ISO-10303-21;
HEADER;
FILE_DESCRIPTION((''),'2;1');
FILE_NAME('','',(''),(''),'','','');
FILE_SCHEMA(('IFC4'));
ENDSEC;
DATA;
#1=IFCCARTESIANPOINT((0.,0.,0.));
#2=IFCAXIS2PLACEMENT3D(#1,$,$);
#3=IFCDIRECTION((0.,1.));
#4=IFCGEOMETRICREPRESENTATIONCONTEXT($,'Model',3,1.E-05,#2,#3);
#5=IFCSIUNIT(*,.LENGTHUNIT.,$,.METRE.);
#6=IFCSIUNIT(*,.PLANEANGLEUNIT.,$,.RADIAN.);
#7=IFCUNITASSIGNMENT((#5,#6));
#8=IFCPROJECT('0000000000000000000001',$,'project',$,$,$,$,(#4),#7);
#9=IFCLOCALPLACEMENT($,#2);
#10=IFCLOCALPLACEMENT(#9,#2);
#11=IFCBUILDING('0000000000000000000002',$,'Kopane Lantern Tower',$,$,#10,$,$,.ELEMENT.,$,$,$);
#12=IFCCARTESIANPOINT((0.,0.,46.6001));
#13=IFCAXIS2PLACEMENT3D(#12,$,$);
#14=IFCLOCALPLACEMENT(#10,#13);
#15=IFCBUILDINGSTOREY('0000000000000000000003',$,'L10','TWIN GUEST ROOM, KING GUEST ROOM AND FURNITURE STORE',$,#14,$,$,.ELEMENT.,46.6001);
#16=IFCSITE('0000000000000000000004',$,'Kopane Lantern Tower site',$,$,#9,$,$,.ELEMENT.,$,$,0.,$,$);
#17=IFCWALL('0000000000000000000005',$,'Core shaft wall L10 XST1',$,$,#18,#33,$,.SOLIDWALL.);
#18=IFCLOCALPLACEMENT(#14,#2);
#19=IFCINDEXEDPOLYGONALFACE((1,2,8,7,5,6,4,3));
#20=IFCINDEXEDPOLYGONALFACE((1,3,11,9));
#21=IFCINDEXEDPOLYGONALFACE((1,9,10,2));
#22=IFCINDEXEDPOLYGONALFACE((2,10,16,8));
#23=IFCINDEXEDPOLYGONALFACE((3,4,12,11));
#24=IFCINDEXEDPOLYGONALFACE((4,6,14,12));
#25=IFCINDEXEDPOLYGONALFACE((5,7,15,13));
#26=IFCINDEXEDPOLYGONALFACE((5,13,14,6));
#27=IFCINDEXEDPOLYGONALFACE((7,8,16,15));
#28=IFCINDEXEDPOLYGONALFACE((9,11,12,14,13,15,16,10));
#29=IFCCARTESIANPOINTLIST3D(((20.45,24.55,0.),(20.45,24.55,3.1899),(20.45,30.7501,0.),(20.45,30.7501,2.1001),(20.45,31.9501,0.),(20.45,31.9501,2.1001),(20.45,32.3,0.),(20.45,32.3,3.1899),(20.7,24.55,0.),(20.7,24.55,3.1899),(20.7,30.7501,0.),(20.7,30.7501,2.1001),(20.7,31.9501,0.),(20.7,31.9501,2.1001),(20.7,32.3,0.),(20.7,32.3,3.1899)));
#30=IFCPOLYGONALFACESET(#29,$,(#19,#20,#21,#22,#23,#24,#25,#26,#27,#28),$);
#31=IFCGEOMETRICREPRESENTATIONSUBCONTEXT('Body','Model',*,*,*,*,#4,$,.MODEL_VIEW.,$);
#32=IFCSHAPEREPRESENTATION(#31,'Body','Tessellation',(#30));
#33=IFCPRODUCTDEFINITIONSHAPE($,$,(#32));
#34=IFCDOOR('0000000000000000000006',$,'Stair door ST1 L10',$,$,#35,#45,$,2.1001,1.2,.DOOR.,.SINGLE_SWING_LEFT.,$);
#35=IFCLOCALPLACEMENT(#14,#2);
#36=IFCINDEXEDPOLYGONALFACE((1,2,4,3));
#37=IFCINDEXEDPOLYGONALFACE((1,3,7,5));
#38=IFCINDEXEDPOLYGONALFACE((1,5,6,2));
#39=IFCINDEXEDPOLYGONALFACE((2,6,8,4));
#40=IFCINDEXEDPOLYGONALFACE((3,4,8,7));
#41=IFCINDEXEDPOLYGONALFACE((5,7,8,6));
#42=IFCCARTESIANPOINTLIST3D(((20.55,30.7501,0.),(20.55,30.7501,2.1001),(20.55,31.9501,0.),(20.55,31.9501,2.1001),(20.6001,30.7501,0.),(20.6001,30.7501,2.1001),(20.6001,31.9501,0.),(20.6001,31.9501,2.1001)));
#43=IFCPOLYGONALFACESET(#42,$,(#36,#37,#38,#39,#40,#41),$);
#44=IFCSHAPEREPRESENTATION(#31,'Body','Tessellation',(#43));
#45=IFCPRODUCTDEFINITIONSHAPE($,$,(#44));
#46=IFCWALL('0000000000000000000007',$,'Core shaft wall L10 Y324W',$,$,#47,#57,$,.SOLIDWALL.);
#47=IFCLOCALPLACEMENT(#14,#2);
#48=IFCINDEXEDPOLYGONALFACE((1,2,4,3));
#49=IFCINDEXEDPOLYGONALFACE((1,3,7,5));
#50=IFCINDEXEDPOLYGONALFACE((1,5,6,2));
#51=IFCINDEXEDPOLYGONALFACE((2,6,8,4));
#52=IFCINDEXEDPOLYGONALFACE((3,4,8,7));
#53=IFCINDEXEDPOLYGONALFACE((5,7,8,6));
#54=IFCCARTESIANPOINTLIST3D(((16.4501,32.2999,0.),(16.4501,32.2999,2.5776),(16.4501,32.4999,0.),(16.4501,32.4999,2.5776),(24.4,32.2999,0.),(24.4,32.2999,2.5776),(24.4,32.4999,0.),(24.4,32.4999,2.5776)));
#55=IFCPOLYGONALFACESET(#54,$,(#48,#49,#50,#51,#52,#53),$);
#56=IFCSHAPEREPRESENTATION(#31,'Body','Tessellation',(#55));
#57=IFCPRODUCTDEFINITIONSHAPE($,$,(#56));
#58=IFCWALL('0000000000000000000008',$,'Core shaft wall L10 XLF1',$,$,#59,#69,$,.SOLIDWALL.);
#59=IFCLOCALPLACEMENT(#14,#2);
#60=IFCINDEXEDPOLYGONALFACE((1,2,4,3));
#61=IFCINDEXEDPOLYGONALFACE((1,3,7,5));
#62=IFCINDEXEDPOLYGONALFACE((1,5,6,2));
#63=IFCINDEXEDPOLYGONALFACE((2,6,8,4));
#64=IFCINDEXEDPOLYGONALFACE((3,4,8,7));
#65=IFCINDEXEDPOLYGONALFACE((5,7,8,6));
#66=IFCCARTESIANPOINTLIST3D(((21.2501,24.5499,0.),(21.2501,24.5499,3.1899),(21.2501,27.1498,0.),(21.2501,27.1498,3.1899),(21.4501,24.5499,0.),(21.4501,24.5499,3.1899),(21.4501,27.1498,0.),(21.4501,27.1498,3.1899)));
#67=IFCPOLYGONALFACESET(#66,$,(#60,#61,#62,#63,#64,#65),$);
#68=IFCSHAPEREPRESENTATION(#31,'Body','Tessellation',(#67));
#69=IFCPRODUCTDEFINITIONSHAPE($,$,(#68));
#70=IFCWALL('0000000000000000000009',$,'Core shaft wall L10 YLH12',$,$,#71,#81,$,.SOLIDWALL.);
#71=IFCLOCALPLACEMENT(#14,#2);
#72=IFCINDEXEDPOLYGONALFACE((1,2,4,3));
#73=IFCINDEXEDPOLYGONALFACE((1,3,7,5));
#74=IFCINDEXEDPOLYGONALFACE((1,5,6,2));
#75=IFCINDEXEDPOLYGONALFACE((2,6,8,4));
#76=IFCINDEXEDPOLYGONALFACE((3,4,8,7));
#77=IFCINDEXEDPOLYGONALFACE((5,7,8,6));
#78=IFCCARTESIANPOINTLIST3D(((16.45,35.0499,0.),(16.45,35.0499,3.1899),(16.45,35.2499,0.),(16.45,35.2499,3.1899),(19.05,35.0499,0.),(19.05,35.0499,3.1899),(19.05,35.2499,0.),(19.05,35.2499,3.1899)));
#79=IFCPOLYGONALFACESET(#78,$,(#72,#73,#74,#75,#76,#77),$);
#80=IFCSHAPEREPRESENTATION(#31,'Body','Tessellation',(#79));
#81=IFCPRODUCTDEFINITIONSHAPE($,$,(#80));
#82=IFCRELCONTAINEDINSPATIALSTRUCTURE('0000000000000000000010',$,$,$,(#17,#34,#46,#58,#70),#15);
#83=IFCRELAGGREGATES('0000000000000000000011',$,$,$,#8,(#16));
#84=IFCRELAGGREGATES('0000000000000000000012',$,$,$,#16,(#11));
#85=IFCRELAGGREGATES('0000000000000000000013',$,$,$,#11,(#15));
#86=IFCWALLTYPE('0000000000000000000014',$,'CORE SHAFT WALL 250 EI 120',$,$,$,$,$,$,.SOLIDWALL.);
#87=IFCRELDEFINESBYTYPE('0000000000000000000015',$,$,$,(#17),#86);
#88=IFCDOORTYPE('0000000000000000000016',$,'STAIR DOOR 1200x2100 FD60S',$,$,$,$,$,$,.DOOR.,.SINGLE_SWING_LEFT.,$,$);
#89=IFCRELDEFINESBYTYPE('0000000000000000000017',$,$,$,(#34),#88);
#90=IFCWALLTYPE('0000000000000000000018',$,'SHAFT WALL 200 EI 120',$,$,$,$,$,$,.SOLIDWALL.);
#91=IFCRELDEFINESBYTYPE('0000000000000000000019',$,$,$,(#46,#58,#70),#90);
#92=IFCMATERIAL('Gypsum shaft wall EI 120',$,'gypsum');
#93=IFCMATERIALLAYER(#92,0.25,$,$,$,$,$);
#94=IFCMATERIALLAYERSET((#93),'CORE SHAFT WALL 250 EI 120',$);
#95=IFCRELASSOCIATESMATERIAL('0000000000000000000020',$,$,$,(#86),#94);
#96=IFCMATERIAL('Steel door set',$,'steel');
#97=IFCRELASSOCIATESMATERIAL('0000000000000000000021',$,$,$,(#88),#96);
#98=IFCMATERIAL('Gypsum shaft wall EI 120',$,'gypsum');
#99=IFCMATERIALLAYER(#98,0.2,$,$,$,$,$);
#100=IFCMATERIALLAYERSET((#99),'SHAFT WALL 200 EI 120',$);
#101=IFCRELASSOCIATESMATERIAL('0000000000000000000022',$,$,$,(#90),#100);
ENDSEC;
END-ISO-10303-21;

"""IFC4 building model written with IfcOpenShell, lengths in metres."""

from ifc_helpers import new_model, si_unit, direction, frame, frame_2d, origin, place, context, subcontext, project, spatial, rectangle, extrude, material, layer, layer_set, type_object, element, fill, save


model = new_model("IFC4")

# Units and contexts
model_context = context("Model", 3, precision=1e-05, world=origin(), true_north=direction((0.0, 1.0)))
body_context = subcontext(model_context, "Body", "Model", "MODEL_VIEW")
ifc_project = project(units=[si_unit("LENGTHUNIT", "METRE"), si_unit("PLANEANGLEUNIT", "RADIAN")], contexts=[model_context])

# Site, building, storey
site_placement = place(None, origin())
site = spatial("IfcSite", under=ifc_project, at=site_placement, Name="Kopane Lantern Tower site", CompositionType="ELEMENT", RefElevation=0.0)
building_placement = place(site_placement, origin())
building = spatial("IfcBuilding", under=site, at=building_placement, Name="Kopane Lantern Tower", CompositionType="ELEMENT")
storey_placement = place(building_placement, frame((0.0, 0.0, 46.6001)))
storey = spatial("IfcBuildingStorey", under=building, at=storey_placement, Name="L10", Description="TWIN GUEST ROOM, KING GUEST ROOM AND FURNITURE STORE", CompositionType="ELEMENT", Elevation=46.6001)

# Wall, opening, door
ifc_material_1 = material(Name="Gypsum shaft wall EI 120", Category="gypsum")
ifc_layer_1 = layer(ifc_material_1, 0.25)
ifc_layer_set_1 = layer_set([ifc_layer_1], Name="CORE SHAFT WALL 250 EI 120")
wall_type_1 = type_object("IfcWallType", Name="CORE SHAFT WALL 250 EI 120", PredefinedType="SOLIDWALL", material=ifc_layer_set_1)
wall_1_placement = place(storey_placement, frame((20.575, 24.55, 0.0), z_axis=(0.0, 0.0, 1.0), x_axis=(0.0, 1.0, 0.0)))
wall_1 = element("IfcWall", 1, at=wall_1_placement, inside=storey, type_object=wall_type_1, Name="Core shaft wall L10 XST1", PredefinedType="SOLIDWALL", context=body_context, shape_type="SweptSolid", body=[
    extrude(rectangle(XDim=7.75, YDim=0.25, at=frame_2d((3.875, 0.0))), origin(), (0.0, 0.0, 1.0), 3.1899),
])
opening_1_placement = place(wall_1_placement, frame((6.2, 0.0, 0.0)))
opening_1 = element("IfcOpeningElement", 2, at=opening_1_placement, cuts=wall_1, PredefinedType="OPENING", context=body_context, shape_type="SweptSolid", body=[
    extrude(rectangle(XDim=1.2, YDim=2.1001, at=frame_2d((0.6001, 1.05))), frame((0.0, 0.135, 0.0), z_axis=(0.0, -1.0, 0.0), x_axis=(1.0, 0.0, 0.0)), (0.0, 0.0, 1.0), 0.27),
])
ifc_material_2 = material(Name="Steel door set", Category="steel")
door_type_1 = type_object("IfcDoorType", Name="STAIR DOOR 1200x2100 FD60S", OperationType="SINGLE_SWING_LEFT", PredefinedType="DOOR", material=ifc_material_2)
door_1_placement = place(opening_1_placement, origin())
door_1 = element("IfcDoor", 3, at=door_1_placement, inside=storey, type_object=door_type_1, Name="Stair door ST1 L10", OperationType="SINGLE_SWING_LEFT", OverallHeight=2.1001, OverallWidth=1.2, PredefinedType="DOOR", context=body_context, shape_type="SweptSolid", body=[
    extrude(rectangle(XDim=1.2, YDim=2.1001, at=frame_2d((0.6001, 1.05))), frame((0.0, 0.0249, 0.0), z_axis=(0.0, -1.0, 0.0), x_axis=(1.0, 0.0, 0.0)), (0.0, 0.0, 1.0), 0.05),
])
fill(opening_1, door_1)

# Walls
ifc_material_3 = material(Name="Gypsum shaft wall EI 120", Category="gypsum")
ifc_layer_2 = layer(ifc_material_3, 0.2)
ifc_layer_set_2 = layer_set([ifc_layer_2], Name="SHAFT WALL 200 EI 120")
wall_type_2 = type_object("IfcWallType", Name="SHAFT WALL 200 EI 120", PredefinedType="SOLIDWALL", material=ifc_layer_set_2)
wall_2_placement = place(storey_placement, frame((16.45, 32.3999, 0.0), z_axis=(0.0, 0.0, 1.0), x_axis=(1.0, 0.0, 0.0)))
element("IfcWall", 4, at=wall_2_placement, inside=storey, type_object=wall_type_2, Name="Core shaft wall L10 Y324W", PredefinedType="SOLIDWALL", context=body_context, shape_type="SweptSolid", body=[
    extrude(rectangle(XDim=7.95, YDim=0.2, at=frame_2d((3.9751, 0.0))), origin(), (0.0, 0.0, 1.0), 2.5776),
])
wall_3_placement = place(storey_placement, frame((21.3501, 24.55, 0.0), z_axis=(0.0, 0.0, 1.0), x_axis=(0.0, 1.0, 0.0)))
element("IfcWall", 5, at=wall_3_placement, inside=storey, type_object=wall_type_2, Name="Core shaft wall L10 XLF1", PredefinedType="SOLIDWALL", context=body_context, shape_type="SweptSolid", body=[
    extrude(rectangle(XDim=2.5999, YDim=0.2, at=frame_2d((1.2998, 0.0))), origin(), (0.0, 0.0, 1.0), 3.1899),
])
wall_4_placement = place(storey_placement, frame((16.45, 35.1499, 0.0), z_axis=(0.0, 0.0, 1.0), x_axis=(1.0, 0.0, 0.0)))
element("IfcWall", 6, at=wall_4_placement, inside=storey, type_object=wall_type_2, Name="Core shaft wall L10 YLH12", PredefinedType="SOLIDWALL", context=body_context, shape_type="SweptSolid", body=[
    extrude(rectangle(XDim=2.6001, YDim=0.2, at=frame_2d((1.3, 0.0))), origin(), (0.0, 0.0, 1.0), 3.1899),
])

save(model, "model.ifc")
